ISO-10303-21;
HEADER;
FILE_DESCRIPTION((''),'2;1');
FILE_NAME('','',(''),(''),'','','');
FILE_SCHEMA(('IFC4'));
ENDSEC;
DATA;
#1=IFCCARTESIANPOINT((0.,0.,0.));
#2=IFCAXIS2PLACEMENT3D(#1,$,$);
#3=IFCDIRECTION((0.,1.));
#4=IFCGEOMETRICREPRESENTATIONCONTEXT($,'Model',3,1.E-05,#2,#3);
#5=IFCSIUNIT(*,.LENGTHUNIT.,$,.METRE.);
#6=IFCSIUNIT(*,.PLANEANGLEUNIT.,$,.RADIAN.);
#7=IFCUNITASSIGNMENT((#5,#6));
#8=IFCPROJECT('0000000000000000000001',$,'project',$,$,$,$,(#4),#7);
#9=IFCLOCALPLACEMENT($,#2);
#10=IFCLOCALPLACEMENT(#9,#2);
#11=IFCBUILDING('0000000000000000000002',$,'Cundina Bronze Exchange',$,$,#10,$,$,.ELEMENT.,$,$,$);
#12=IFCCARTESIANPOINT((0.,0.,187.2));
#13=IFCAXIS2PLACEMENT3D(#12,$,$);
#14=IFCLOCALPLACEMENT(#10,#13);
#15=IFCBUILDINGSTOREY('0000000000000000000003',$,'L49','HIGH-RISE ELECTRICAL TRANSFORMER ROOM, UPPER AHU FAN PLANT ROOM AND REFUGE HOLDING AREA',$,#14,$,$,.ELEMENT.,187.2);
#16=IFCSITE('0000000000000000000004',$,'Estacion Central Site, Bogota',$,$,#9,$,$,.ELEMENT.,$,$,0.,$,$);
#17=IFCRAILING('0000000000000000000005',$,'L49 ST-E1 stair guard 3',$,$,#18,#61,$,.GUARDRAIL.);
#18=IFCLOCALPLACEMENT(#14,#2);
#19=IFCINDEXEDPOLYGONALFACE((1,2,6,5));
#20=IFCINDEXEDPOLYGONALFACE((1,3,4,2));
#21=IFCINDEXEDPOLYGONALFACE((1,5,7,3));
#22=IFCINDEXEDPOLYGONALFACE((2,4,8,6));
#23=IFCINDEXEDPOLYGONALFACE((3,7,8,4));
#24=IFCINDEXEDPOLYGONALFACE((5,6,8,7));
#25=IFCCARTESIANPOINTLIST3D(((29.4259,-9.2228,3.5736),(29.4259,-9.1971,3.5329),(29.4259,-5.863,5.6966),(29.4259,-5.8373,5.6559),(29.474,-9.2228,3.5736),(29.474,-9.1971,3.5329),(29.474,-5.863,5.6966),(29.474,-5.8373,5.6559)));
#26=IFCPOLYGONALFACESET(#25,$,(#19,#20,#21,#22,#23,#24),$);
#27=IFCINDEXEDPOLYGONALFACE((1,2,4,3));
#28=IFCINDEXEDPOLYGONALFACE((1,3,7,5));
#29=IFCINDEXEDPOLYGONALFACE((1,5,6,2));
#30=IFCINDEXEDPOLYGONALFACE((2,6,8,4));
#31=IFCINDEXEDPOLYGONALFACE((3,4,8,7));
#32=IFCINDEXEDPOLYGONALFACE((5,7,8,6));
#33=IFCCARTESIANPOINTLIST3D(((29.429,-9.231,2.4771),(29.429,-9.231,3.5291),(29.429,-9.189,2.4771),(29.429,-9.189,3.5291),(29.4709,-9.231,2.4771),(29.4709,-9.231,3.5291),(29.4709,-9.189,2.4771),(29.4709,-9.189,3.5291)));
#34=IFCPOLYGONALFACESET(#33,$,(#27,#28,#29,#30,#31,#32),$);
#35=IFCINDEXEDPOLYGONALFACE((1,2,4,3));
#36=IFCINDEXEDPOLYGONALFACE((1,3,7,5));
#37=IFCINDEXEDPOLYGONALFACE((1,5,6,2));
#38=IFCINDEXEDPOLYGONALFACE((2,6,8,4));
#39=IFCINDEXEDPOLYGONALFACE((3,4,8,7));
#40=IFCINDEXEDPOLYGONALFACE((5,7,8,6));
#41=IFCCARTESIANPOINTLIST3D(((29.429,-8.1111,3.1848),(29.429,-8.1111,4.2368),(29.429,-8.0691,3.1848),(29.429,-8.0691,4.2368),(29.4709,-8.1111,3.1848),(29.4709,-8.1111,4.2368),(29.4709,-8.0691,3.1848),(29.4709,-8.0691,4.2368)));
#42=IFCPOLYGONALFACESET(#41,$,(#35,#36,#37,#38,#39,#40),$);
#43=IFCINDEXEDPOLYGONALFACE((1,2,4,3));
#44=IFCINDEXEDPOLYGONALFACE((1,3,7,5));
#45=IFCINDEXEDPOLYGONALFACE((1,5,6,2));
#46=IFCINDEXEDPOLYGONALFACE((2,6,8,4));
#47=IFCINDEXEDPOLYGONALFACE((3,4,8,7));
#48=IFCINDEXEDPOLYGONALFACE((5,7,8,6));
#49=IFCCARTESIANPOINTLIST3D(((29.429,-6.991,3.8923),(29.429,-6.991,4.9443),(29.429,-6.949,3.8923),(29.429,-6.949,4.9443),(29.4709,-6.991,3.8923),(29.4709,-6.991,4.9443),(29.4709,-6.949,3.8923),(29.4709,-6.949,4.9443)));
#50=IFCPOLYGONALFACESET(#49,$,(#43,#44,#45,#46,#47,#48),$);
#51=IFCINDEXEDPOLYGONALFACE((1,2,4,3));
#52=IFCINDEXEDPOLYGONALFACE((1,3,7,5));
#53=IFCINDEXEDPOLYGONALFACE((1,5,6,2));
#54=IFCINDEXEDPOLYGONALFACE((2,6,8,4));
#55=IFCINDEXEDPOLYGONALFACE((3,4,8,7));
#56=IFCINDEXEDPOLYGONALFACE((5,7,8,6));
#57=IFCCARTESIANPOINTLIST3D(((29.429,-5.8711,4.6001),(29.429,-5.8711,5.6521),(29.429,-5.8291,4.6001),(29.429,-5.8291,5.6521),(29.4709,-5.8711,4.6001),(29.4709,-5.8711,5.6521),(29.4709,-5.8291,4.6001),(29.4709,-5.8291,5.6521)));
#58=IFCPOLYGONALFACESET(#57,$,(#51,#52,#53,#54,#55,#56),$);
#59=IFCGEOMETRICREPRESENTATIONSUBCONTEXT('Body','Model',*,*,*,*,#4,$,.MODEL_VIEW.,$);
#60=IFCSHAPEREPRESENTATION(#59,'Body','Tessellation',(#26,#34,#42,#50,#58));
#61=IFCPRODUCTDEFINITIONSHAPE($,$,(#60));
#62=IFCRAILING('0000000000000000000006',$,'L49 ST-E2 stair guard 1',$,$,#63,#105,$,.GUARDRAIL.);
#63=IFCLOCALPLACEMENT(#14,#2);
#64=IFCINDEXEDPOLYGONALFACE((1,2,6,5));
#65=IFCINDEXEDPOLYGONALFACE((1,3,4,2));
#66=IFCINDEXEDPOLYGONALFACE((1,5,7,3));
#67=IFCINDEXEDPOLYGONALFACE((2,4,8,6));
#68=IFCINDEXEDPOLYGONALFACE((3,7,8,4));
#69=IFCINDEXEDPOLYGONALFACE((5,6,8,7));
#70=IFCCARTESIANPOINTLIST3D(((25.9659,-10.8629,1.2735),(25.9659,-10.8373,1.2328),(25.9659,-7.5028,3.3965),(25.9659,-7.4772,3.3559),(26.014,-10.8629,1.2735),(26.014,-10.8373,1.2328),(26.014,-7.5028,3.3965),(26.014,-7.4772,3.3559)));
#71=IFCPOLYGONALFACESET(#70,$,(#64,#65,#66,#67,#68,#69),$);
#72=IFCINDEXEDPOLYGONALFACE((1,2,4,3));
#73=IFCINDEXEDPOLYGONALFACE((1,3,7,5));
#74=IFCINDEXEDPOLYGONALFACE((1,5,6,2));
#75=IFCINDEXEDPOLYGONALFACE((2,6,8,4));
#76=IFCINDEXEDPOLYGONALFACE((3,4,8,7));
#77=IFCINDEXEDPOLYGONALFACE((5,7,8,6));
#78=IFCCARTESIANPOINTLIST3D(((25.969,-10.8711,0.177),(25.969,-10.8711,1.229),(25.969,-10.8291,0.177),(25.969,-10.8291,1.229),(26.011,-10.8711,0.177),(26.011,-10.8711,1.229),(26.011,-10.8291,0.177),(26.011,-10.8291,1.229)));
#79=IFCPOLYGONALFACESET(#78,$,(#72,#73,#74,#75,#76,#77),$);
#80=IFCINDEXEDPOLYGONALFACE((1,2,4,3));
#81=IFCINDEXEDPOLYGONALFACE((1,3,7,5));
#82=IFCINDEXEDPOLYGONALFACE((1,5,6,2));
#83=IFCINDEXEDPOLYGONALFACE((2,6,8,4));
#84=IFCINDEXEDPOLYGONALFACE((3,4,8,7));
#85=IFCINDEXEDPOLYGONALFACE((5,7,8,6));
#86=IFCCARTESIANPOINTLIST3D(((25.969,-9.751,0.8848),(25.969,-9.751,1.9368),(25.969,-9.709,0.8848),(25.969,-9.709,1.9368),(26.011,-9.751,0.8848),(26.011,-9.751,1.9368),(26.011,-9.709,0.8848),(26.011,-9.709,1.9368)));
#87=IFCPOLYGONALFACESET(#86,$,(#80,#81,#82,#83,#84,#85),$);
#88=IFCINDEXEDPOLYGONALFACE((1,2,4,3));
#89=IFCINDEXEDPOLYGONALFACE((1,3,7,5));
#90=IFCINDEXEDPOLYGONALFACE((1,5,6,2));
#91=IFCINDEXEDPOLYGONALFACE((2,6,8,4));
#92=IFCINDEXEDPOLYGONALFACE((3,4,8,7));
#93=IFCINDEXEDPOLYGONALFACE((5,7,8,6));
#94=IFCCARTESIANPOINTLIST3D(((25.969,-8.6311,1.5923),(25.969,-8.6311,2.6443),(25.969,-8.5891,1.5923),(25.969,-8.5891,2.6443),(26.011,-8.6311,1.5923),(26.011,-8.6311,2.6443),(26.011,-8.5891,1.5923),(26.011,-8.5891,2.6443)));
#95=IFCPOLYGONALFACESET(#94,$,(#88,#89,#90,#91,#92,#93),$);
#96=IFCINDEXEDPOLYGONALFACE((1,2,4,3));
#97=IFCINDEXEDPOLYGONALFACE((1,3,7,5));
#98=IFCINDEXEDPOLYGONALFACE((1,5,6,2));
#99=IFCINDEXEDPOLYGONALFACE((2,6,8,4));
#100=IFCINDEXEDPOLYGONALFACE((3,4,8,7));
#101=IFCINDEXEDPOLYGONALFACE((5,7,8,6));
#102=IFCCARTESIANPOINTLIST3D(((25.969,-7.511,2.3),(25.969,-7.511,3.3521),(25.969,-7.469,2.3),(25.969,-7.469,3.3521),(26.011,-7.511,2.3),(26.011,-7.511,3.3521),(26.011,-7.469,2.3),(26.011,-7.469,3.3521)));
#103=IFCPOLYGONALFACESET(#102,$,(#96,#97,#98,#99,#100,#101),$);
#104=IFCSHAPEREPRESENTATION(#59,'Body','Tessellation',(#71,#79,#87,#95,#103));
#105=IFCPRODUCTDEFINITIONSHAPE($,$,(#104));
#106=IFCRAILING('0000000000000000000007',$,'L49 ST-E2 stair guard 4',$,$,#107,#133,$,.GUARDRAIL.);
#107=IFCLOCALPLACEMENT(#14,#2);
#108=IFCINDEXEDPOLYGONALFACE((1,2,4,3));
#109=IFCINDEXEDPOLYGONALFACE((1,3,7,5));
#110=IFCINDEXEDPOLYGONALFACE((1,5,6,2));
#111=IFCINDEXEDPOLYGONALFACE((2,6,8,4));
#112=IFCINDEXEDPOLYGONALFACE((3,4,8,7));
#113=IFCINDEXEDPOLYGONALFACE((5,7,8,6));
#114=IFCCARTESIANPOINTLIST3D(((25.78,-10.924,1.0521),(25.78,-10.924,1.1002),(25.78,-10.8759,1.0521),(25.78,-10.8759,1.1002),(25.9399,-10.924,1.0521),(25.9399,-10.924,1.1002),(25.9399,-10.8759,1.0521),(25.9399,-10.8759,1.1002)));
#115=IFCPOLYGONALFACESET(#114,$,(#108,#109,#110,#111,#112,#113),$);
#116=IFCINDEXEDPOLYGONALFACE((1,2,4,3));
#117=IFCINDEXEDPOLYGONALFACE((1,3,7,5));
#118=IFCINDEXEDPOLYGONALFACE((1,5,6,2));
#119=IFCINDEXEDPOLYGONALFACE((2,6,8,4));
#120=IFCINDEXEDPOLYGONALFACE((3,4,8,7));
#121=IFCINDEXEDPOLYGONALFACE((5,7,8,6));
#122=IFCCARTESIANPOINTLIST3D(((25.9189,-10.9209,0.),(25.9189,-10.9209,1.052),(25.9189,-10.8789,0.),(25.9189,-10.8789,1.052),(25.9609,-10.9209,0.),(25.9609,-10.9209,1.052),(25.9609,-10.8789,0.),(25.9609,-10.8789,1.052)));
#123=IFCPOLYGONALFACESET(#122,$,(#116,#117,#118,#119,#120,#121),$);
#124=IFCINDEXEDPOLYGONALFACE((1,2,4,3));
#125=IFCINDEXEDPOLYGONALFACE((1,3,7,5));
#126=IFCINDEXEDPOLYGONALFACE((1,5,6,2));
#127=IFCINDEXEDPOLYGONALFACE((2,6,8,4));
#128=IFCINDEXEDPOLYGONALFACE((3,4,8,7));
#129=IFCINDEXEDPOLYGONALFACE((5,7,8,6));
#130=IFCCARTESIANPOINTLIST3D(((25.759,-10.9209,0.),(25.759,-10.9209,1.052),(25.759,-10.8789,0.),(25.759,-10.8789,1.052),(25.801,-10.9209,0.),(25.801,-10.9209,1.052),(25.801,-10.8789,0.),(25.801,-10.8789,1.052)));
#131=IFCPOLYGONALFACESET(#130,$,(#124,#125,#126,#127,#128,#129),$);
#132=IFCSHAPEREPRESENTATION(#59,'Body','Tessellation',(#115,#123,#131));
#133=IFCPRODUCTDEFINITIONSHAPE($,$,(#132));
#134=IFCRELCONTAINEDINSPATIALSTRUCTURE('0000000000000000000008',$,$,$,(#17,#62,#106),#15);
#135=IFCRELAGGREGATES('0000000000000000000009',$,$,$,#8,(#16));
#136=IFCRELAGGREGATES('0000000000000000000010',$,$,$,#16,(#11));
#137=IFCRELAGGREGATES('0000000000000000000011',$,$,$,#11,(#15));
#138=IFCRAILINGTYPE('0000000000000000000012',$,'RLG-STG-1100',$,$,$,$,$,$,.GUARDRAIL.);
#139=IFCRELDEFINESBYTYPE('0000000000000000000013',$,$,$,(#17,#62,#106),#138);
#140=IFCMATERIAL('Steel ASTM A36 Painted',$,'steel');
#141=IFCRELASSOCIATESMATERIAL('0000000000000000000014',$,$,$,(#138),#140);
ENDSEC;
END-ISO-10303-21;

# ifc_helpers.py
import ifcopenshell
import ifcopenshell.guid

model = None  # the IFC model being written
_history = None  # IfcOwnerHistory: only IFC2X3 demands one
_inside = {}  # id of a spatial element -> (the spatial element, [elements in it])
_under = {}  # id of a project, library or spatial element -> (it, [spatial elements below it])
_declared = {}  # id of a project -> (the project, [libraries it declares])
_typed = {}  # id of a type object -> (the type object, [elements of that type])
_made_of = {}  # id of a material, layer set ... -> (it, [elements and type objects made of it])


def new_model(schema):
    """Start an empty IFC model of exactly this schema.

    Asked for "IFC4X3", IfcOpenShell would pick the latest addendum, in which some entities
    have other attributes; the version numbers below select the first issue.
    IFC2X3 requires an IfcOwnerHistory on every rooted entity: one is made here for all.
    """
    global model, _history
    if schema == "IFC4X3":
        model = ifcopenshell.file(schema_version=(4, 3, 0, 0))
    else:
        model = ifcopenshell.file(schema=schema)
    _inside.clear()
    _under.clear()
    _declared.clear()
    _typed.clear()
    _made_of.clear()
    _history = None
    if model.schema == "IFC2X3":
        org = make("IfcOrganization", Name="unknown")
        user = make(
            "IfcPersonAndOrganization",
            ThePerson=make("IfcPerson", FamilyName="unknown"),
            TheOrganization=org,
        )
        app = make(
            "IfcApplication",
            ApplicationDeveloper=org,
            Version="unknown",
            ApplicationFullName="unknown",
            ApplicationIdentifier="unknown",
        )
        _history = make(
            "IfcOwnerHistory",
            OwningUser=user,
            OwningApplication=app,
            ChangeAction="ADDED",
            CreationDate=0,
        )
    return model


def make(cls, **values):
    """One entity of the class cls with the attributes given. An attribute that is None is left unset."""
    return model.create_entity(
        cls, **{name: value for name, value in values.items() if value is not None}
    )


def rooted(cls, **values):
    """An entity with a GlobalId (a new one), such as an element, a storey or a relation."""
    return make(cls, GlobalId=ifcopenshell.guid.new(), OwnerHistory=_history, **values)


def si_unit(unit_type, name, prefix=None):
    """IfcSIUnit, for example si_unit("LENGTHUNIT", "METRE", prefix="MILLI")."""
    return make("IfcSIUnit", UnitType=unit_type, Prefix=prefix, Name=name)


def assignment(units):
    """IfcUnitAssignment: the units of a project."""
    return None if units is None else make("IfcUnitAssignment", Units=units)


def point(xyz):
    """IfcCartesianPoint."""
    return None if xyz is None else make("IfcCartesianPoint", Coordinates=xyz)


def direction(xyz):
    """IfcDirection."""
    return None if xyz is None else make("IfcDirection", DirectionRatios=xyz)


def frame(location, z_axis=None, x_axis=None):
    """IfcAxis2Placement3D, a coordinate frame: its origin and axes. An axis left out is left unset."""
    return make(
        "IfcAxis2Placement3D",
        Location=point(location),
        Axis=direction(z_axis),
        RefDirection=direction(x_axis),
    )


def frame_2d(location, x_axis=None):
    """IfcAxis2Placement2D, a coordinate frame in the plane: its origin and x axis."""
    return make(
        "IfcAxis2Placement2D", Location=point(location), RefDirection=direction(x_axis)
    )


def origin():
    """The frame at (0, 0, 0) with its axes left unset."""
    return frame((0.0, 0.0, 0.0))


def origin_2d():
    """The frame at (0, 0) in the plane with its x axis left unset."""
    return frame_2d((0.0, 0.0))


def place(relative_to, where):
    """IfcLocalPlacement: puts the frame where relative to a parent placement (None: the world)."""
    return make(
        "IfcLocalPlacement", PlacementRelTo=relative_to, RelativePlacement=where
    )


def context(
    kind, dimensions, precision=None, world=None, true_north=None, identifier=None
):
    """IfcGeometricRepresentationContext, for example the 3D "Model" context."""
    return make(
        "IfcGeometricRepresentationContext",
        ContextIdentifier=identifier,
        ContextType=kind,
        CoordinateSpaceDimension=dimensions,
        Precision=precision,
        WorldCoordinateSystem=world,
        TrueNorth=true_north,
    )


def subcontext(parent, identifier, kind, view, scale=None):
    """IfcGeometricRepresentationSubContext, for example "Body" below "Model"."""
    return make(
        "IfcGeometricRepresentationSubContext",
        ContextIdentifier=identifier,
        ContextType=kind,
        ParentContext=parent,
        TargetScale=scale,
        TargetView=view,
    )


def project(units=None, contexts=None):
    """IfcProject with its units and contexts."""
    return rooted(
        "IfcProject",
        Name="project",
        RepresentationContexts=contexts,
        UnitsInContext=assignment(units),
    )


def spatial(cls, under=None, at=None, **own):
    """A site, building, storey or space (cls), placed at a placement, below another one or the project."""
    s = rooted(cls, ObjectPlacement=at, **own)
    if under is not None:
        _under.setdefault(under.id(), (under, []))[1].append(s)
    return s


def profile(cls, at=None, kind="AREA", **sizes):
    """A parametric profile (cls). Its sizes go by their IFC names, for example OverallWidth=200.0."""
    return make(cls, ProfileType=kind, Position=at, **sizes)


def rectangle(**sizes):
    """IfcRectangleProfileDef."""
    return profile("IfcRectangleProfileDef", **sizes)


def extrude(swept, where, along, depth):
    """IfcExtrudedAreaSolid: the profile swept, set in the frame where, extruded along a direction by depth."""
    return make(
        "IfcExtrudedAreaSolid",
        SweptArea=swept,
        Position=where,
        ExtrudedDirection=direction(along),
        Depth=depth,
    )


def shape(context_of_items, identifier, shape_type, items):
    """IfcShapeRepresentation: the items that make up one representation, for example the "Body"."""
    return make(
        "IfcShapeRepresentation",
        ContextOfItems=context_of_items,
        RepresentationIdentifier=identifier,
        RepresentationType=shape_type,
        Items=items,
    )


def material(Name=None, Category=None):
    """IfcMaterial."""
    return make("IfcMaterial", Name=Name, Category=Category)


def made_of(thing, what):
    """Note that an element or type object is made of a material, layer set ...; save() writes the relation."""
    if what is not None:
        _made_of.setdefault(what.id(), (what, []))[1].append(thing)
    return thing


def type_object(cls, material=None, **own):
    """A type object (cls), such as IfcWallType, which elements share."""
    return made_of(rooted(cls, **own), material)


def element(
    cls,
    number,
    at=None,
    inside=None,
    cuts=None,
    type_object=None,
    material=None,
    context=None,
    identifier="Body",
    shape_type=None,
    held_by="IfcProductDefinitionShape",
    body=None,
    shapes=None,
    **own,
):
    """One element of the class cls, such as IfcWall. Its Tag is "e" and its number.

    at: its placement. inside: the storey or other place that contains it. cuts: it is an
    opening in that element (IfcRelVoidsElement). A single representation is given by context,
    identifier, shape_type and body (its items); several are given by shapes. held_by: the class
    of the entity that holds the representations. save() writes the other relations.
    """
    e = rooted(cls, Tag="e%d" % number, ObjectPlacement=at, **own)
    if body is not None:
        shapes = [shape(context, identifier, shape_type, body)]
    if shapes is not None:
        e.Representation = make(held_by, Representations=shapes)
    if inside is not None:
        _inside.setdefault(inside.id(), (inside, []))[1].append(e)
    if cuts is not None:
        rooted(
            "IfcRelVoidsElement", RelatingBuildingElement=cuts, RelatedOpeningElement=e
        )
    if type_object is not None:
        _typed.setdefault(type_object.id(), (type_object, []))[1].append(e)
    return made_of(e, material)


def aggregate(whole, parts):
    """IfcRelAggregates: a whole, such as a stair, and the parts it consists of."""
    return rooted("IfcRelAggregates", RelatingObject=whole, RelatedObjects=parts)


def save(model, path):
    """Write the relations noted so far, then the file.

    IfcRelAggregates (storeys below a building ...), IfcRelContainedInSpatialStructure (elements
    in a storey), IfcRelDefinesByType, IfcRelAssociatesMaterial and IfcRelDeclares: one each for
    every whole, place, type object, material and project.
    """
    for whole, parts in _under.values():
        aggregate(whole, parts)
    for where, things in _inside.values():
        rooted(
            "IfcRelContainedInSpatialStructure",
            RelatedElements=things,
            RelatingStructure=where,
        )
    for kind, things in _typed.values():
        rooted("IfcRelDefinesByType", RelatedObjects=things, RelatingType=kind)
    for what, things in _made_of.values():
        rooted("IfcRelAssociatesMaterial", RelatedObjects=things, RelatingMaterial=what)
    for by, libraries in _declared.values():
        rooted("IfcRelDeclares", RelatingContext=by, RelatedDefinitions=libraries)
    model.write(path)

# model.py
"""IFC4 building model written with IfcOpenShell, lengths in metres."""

from ifc_helpers import new_model, si_unit, direction, frame, origin, origin_2d, place, context, subcontext, project, spatial, rectangle, extrude, material, type_object, element, save


model = new_model("IFC4")

# Units and contexts
model_context = context("Model", 3, precision=1e-05, world=origin(), true_north=direction((0.0, 1.0)))
body_context = subcontext(model_context, "Body", "Model", "MODEL_VIEW")
ifc_project = project(units=[si_unit("LENGTHUNIT", "METRE"), si_unit("PLANEANGLEUNIT", "RADIAN")], contexts=[model_context])

# Site, building, storey
site_placement = place(None, origin())
site = spatial("IfcSite", under=ifc_project, at=site_placement, Name="Estacion Central Site, Bogota", CompositionType="ELEMENT", RefElevation=0.0)
building_placement = place(site_placement, origin())
building = spatial("IfcBuilding", under=site, at=building_placement, Name="Cundina Bronze Exchange", CompositionType="ELEMENT")
storey_placement = place(building_placement, frame((0.0, 0.0, 187.2)))
storey = spatial("IfcBuildingStorey", under=building, at=storey_placement, Name="L49", Description="HIGH-RISE ELECTRICAL TRANSFORMER ROOM, UPPER AHU FAN PLANT ROOM AND REFUGE HOLDING AREA", CompositionType="ELEMENT", Elevation=187.2)

# Shared definitions
ifc_material_1 = material(Name="Steel ASTM A36 Painted", Category="steel")

# Railings
railing_type_1 = type_object("IfcRailingType", Name="RLG-STG-1100", PredefinedType="GUARDRAIL", material=ifc_material_1)
railing_1_placement = place(storey_placement, frame((29.45, -9.21, 2.4771)))
element("IfcRailing", 1, at=railing_1_placement, inside=storey, type_object=railing_type_1, Name="L49 ST-E1 stair guard 3", PredefinedType="GUARDRAIL", context=body_context, shape_type="SweptSolid", body=[
    extrude(rectangle(XDim=0.0481, YDim=0.0481, at=origin_2d()), frame((0.0, 0.0, 1.0762), z_axis=(0.0, 0.845372, 0.534178), x_axis=(-1.0, 0.0, 0.0)), (0.0, 0.0, 1.0), 3.9744),
    extrude(rectangle(XDim=0.042, YDim=0.042, at=origin_2d()), origin(), (0.0, 0.0, 1.0), 1.052),
    extrude(rectangle(XDim=0.042, YDim=0.042, at=origin_2d()), frame((0.0, 1.1199, 0.7078)), (0.0, 0.0, 1.0), 1.052),
    extrude(rectangle(XDim=0.042, YDim=0.042, at=origin_2d()), frame((0.0, 2.24, 1.4153)), (0.0, 0.0, 1.0), 1.052),
    extrude(rectangle(XDim=0.042, YDim=0.042, at=origin_2d()), frame((0.0, 3.3599, 2.123)), (0.0, 0.0, 1.0), 1.052),
])
railing_2_placement = place(storey_placement, frame((25.99, -10.8501, 0.177)))
element("IfcRailing", 2, at=railing_2_placement, inside=storey, type_object=railing_type_1, Name="L49 ST-E2 stair guard 1", PredefinedType="GUARDRAIL", context=body_context, shape_type="SweptSolid", body=[
    extrude(rectangle(XDim=0.0481, YDim=0.0481, at=origin_2d()), frame((0.0, 0.0, 1.0762), z_axis=(0.0, 0.84539, 0.53415), x_axis=(-1.0, 0.0, 0.0)), (0.0, 0.0, 1.0), 3.9746),
    extrude(rectangle(XDim=0.042, YDim=0.042, at=origin_2d()), origin(), (0.0, 0.0, 1.0), 1.052),
    extrude(rectangle(XDim=0.042, YDim=0.042, at=origin_2d()), frame((0.0, 1.1201, 0.7078)), (0.0, 0.0, 1.0), 1.052),
    extrude(rectangle(XDim=0.042, YDim=0.042, at=origin_2d()), frame((0.0, 2.24, 1.4153)), (0.0, 0.0, 1.0), 1.052),
    extrude(rectangle(XDim=0.042, YDim=0.042, at=origin_2d()), frame((0.0, 3.3601, 2.123)), (0.0, 0.0, 1.0), 1.052),
])
railing_3_placement = place(storey_placement, frame((25.9399, -10.8999, 0.0)))
element("IfcRailing", 3, at=railing_3_placement, inside=storey, type_object=railing_type_1, Name="L49 ST-E2 stair guard 4", PredefinedType="GUARDRAIL", context=body_context, shape_type="SweptSolid", body=[
    extrude(rectangle(XDim=0.0481, YDim=0.0481, at=origin_2d()), frame((0.0, 0.0, 1.0762), z_axis=(-1.0, 0.0, 0.0), x_axis=(0.0, -1.0, 0.0)), (0.0, 0.0, 1.0), 0.1599),
    extrude(rectangle(XDim=0.042, YDim=0.042, at=origin_2d()), origin(), (0.0, 0.0, 1.0), 1.052),
    extrude(rectangle(XDim=0.042, YDim=0.042, at=origin_2d()), frame((-0.1599, 0.0, 0.0)), (0.0, 0.0, 1.0), 1.052),
])

save(model, "model.ifc")
